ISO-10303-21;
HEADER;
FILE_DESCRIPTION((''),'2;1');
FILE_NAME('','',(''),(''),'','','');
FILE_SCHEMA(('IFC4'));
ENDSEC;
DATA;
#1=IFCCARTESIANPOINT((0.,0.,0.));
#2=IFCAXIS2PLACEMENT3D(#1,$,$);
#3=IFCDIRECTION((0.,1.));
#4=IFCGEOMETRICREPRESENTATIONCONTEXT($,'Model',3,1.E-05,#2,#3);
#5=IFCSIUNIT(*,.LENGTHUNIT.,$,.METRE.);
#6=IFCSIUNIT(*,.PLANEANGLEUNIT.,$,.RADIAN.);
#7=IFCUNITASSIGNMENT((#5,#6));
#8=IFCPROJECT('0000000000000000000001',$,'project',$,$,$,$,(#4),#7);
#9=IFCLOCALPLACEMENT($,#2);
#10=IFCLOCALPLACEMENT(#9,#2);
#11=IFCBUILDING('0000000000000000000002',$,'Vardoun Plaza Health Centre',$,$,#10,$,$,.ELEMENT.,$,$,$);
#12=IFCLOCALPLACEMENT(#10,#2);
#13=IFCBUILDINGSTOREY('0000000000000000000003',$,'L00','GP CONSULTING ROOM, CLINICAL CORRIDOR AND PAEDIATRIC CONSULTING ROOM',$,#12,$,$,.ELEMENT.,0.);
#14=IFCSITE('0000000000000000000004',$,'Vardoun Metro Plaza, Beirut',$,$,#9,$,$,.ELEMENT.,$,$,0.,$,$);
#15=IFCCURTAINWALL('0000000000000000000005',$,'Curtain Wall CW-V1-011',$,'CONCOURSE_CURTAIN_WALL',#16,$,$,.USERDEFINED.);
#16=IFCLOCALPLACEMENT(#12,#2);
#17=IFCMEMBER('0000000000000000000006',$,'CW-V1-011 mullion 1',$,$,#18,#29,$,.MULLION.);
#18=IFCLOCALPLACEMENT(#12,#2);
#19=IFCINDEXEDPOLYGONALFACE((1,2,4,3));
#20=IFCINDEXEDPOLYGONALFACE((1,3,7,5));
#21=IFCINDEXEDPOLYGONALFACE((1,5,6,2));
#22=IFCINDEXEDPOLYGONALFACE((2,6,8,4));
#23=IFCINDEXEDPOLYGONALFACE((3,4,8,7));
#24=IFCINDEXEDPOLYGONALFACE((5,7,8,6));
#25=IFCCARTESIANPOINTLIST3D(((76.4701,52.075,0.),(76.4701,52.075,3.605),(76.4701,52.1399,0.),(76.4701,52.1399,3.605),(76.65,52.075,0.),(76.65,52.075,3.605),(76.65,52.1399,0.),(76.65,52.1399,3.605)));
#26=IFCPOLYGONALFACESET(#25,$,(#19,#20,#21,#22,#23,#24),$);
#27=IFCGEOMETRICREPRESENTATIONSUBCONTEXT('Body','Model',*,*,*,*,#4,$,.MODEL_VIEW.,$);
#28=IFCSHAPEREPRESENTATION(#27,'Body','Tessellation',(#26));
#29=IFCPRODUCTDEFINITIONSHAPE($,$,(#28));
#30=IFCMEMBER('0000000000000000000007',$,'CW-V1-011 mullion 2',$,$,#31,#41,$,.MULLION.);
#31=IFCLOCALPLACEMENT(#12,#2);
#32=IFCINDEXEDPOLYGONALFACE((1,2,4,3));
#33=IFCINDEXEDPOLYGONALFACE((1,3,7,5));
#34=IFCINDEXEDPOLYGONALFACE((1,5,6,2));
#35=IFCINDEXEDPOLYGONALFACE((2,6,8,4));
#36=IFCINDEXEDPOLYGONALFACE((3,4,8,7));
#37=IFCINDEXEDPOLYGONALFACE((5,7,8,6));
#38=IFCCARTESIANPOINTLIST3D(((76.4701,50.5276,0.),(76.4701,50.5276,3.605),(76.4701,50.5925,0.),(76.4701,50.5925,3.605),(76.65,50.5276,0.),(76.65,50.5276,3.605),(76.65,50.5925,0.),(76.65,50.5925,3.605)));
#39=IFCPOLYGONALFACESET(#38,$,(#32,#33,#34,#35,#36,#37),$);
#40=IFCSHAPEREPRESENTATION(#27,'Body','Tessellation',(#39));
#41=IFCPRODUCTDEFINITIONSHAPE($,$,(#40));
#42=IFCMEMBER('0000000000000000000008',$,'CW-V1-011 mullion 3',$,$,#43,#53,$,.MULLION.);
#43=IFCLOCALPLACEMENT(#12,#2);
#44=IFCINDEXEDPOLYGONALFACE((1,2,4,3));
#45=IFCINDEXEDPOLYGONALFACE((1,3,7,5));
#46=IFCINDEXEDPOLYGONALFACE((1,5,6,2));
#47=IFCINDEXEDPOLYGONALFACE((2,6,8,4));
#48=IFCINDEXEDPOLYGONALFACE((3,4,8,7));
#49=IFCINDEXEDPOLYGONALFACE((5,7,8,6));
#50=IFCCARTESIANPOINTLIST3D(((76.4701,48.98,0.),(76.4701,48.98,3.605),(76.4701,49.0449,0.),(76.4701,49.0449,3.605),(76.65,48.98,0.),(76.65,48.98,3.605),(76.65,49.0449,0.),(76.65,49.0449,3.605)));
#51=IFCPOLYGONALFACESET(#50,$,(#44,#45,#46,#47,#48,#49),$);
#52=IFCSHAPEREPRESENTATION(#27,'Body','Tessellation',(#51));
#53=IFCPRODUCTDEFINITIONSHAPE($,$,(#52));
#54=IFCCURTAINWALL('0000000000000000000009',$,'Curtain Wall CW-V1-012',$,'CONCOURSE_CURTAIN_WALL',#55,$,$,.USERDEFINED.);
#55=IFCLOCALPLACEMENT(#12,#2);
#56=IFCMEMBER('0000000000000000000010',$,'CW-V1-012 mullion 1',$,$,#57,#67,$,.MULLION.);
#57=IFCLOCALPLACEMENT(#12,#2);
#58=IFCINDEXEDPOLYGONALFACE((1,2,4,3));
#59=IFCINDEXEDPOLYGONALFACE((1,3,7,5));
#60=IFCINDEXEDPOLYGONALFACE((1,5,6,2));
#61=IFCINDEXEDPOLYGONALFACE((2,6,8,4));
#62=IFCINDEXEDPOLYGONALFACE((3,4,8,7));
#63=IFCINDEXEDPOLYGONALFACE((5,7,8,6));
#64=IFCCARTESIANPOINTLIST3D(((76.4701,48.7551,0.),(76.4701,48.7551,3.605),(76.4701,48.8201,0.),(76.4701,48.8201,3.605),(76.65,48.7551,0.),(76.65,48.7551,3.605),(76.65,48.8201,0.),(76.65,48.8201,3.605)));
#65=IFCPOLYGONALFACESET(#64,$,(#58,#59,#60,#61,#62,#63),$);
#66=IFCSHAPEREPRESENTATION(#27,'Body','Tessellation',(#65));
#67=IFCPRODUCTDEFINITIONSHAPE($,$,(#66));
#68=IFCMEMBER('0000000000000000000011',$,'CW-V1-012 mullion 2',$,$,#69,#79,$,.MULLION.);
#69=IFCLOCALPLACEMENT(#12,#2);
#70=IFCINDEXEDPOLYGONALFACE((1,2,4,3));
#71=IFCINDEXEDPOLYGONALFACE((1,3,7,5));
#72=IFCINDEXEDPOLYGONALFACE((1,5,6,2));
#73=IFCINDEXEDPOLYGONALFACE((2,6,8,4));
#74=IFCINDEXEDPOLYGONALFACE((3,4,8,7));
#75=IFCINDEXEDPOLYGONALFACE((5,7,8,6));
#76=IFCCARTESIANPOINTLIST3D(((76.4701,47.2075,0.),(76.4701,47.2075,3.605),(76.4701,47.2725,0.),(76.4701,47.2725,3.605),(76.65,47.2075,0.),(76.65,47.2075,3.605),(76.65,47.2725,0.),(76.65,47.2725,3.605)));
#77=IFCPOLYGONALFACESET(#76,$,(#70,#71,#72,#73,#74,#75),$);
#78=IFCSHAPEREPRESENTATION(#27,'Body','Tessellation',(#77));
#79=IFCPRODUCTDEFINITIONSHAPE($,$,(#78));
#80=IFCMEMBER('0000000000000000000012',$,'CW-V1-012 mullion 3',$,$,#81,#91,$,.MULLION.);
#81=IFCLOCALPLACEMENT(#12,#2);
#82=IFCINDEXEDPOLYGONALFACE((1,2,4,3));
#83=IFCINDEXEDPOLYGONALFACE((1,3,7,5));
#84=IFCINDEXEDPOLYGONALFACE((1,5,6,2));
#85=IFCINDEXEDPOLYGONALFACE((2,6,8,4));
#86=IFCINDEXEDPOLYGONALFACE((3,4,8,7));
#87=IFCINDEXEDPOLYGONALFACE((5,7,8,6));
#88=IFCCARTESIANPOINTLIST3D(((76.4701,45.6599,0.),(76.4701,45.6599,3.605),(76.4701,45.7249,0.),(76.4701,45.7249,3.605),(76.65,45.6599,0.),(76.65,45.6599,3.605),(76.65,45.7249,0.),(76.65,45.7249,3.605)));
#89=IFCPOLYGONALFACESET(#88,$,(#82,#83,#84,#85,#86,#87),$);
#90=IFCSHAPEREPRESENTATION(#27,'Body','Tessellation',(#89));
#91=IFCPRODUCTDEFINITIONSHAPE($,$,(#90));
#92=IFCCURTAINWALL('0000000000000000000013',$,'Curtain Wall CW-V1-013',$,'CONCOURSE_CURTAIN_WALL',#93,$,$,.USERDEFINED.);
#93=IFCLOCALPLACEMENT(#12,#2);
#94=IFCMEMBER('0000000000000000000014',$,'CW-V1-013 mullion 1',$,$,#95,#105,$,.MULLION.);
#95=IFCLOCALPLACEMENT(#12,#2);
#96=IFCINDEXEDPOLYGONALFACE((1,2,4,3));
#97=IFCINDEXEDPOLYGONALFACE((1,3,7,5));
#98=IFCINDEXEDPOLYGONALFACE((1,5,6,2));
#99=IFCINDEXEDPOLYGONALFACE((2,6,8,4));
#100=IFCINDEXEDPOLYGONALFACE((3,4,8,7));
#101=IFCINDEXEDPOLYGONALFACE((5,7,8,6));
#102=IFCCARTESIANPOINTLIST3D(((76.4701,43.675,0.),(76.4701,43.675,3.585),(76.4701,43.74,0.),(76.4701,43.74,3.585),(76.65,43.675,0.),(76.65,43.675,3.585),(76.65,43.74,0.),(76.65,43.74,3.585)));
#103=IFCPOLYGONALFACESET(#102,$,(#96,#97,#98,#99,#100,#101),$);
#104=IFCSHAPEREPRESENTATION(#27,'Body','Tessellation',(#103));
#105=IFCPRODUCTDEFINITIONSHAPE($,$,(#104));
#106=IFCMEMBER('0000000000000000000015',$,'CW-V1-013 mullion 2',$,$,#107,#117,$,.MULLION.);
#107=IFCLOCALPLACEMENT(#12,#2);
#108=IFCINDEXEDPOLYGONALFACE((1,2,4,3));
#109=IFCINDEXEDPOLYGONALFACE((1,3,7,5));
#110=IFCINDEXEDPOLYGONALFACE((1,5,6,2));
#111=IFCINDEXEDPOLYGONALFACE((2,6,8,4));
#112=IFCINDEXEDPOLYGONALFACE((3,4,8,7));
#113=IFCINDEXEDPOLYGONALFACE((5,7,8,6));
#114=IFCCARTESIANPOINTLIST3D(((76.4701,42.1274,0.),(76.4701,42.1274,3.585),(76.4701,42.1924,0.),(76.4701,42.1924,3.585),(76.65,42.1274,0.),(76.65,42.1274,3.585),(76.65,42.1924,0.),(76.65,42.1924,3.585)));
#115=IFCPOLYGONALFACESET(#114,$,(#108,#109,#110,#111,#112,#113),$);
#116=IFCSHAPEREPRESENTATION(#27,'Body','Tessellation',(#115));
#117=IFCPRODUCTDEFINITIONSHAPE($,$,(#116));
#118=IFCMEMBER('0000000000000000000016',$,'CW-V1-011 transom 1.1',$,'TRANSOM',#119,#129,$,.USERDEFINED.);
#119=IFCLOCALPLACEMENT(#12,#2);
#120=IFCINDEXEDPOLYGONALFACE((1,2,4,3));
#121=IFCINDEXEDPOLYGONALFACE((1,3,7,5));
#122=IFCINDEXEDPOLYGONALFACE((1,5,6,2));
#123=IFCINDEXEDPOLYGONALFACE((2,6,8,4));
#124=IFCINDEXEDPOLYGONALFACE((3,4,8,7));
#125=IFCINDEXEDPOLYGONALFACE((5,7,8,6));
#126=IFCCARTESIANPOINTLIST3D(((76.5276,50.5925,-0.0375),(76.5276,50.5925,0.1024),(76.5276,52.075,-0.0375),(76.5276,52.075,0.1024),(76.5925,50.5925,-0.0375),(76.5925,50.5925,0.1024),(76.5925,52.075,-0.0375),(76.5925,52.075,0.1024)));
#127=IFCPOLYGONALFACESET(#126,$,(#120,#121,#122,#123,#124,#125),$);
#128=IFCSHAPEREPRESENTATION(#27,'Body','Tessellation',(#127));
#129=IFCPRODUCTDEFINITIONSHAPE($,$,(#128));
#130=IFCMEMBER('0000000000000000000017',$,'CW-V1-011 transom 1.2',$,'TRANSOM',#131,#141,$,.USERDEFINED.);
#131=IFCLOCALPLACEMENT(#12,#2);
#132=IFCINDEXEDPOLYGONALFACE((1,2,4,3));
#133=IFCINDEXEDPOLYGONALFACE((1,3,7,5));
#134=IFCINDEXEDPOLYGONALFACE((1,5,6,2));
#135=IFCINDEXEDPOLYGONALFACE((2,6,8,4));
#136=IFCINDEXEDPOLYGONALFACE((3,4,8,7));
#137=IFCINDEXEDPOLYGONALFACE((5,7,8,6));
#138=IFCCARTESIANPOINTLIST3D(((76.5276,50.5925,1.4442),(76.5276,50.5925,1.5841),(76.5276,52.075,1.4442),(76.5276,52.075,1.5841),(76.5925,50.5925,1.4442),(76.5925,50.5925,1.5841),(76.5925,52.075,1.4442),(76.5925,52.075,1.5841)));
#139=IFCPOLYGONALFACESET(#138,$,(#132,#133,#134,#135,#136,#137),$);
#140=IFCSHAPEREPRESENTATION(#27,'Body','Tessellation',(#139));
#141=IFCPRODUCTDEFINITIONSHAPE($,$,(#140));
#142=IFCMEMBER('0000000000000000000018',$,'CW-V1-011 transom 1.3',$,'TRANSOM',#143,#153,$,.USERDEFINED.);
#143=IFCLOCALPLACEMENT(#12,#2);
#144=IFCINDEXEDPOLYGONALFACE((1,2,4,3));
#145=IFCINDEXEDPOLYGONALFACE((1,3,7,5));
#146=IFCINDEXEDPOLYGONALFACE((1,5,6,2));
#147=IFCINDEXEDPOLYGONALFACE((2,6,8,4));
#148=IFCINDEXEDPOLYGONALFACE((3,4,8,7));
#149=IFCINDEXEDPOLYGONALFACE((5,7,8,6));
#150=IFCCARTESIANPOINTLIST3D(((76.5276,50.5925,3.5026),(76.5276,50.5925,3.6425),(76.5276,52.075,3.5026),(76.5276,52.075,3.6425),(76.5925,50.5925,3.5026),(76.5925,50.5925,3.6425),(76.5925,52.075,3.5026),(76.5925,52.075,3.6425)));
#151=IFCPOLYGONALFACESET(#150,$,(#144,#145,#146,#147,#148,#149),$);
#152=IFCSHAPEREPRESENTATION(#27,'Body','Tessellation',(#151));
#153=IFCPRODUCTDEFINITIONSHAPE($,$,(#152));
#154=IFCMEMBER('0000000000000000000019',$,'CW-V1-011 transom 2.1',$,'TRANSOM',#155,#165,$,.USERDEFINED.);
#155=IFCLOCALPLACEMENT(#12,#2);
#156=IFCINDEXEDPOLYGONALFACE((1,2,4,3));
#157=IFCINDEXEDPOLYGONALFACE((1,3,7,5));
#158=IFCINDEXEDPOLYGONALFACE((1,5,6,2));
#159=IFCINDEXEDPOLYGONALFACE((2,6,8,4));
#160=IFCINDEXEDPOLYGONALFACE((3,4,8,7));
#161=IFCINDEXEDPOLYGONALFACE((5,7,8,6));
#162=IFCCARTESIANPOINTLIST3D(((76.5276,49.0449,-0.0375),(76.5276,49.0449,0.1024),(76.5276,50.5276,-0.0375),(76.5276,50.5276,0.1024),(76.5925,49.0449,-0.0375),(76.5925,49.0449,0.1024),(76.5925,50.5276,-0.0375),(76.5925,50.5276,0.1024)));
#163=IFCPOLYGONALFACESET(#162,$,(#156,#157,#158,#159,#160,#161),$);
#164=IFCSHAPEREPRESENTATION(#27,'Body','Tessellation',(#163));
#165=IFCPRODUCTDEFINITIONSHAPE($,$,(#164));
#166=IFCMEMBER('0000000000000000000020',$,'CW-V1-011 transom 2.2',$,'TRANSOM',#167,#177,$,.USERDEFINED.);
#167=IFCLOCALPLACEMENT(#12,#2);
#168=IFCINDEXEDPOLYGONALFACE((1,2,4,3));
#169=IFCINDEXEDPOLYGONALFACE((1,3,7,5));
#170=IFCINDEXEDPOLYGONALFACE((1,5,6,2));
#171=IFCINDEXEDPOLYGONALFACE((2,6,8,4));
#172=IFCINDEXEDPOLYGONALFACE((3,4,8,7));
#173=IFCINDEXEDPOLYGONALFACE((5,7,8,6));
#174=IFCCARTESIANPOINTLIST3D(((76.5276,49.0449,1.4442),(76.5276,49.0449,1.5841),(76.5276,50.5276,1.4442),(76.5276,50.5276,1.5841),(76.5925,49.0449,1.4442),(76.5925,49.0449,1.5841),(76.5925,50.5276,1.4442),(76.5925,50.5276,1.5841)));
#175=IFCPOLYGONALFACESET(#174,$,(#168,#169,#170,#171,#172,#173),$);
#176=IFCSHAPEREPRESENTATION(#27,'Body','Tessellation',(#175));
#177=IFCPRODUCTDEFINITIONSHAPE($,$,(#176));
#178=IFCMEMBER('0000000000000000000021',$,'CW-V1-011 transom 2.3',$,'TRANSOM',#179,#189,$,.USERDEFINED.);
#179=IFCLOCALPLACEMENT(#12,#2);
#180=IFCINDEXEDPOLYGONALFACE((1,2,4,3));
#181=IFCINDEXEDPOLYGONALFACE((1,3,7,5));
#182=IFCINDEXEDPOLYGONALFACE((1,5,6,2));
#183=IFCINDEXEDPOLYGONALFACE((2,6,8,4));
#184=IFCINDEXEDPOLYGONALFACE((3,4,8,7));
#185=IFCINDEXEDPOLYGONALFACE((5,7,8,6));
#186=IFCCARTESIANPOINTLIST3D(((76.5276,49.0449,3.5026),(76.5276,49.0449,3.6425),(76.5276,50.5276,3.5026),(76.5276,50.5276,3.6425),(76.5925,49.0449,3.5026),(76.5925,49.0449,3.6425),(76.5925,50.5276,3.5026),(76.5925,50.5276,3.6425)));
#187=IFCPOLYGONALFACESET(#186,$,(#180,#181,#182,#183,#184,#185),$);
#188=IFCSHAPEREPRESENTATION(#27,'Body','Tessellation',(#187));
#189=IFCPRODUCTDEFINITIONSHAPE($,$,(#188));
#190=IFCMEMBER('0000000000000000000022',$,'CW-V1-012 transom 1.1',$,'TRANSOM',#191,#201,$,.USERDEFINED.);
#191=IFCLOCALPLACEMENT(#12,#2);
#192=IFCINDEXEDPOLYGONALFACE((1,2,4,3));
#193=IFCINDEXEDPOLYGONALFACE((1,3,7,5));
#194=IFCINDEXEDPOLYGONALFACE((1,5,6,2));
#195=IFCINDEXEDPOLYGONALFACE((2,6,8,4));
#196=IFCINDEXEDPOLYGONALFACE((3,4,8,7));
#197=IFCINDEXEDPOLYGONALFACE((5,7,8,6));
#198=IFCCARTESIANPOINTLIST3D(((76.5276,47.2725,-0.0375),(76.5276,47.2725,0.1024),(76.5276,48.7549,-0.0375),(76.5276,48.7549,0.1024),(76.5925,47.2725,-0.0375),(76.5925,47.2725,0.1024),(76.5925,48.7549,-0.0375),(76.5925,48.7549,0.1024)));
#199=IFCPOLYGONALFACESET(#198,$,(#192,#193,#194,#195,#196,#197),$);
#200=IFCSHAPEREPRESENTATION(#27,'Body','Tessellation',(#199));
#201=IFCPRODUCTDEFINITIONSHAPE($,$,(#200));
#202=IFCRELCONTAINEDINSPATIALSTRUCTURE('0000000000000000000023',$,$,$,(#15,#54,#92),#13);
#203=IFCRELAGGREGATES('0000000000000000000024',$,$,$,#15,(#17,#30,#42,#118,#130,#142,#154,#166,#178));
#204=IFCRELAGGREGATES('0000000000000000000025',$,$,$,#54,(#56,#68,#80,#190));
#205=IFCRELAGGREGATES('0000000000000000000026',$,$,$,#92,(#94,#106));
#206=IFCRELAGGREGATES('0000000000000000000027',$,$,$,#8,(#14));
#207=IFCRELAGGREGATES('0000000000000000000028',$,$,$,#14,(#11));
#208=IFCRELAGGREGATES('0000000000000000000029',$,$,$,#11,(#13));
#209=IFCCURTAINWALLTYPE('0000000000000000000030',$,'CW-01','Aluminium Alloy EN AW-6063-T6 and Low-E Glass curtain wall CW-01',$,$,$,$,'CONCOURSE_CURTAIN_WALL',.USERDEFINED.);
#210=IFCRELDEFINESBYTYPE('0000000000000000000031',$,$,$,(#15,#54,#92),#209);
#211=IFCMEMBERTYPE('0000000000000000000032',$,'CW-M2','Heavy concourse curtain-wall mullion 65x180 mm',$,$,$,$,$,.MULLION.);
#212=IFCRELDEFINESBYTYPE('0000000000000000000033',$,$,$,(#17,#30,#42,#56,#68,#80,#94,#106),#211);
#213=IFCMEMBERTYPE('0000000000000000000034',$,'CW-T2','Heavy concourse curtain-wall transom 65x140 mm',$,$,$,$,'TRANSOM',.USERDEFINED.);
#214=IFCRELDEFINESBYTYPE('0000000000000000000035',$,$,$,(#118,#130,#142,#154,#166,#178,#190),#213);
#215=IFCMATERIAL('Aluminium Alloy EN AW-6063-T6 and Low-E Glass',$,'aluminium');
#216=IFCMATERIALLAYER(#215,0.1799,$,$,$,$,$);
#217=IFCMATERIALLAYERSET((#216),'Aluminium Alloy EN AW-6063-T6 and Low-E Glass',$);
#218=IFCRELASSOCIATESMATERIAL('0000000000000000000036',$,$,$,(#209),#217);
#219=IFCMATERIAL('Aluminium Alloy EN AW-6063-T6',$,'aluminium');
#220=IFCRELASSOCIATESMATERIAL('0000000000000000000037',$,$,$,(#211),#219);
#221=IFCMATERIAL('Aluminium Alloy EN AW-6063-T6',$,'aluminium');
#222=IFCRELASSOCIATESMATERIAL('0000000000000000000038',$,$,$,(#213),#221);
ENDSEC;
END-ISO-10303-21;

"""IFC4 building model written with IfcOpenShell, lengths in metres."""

from ifc_helpers import new_model, si_unit, direction, frame, origin, origin_2d, place, context, subcontext, project, spatial, rectangle, extrude, material, layer, layer_set, material_profile, profile_set, type_object, element, aggregate, save


model = new_model("IFC4")

# Units and contexts
model_context = context("Model", 3, precision=1e-05, world=origin(), true_north=direction((0.0, 1.0)))
body_context = subcontext(model_context, "Body", "Model", "MODEL_VIEW")
ifc_project = project(units=[si_unit("LENGTHUNIT", "METRE"), si_unit("PLANEANGLEUNIT", "RADIAN")], contexts=[model_context])

# Site, building, storey
site_placement = place(None, origin())
site = spatial("IfcSite", under=ifc_project, at=site_placement, Name="Vardoun Metro Plaza, Beirut", CompositionType="ELEMENT", RefElevation=0.0)
building_placement = place(site_placement, origin())
building = spatial("IfcBuilding", under=site, at=building_placement, Name="Vardoun Plaza Health Centre", CompositionType="ELEMENT")
storey_placement = place(building_placement, origin())
storey = spatial("IfcBuildingStorey", under=building, at=storey_placement, Name="L00", Description="GP CONSULTING ROOM, CLINICAL CORRIDOR AND PAEDIATRIC CONSULTING ROOM", CompositionType="ELEMENT", Elevation=0.0)

# Curtain walls, members
ifc_material_1 = material(Name="Aluminium Alloy EN AW-6063-T6 and Low-E Glass", Category="aluminium")
ifc_layer_1 = layer(ifc_material_1, 0.1799)
ifc_layer_set_1 = layer_set([ifc_layer_1], Name="Aluminium Alloy EN AW-6063-T6 and Low-E Glass")
curtain_wall_type = type_object("IfcCurtainWallType", Name="CW-01", Description="Aluminium Alloy EN AW-6063-T6 and Low-E Glass curtain wall CW-01", ElementType="CONCOURSE_CURTAIN_WALL", PredefinedType="USERDEFINED", material=ifc_layer_set_1)
curtain_wall_1_placement = place(storey_placement, origin())
curtain_wall_1 = element("IfcCurtainWall", 1, at=curtain_wall_1_placement, inside=storey, type_object=curtain_wall_type, Name="Curtain Wall CW-V1-011", ObjectType="CONCOURSE_CURTAIN_WALL", PredefinedType="USERDEFINED")
ifc_material_2 = material(Name="Aluminium Alloy EN AW-6063-T6", Category="aluminium")
ifc_material_profile_1 = material_profile(ifc_material_2, rectangle(XDim=0.1799, YDim=0.0649, at=origin_2d()), Name="CWM 65x180")
ifc_profile_set_1 = profile_set([ifc_material_profile_1], Name="Aluminium Alloy EN AW-6063-T6")
member_type_1 = type_object("IfcMemberType", Name="CW-M2", Description="Heavy concourse curtain-wall mullion 65x180 mm", PredefinedType="MULLION", material=ifc_profile_set_1)
member_1_placement = place(storey_placement, frame((76.5601, 52.1074, 0.0), z_axis=(0.0, 0.0, 1.0), x_axis=(1.0, 0.0, 0.0)))
member_1 = element("IfcMember", 2, at=member_1_placement, type_object=member_type_1, Name="CW-V1-011 mullion 1", PredefinedType="MULLION", context=body_context, shape_type="SweptSolid", body=[
    extrude(rectangle(XDim=0.1799, YDim=0.0649, at=origin_2d()), origin(), (0.0, 0.0, 1.0), 3.605),
])
member_2_placement = place(storey_placement, frame((76.5601, 50.5601, 0.0), z_axis=(0.0, 0.0, 1.0), x_axis=(1.0, 0.0, 0.0)))
member_2 = element("IfcMember", 3, at=member_2_placement, type_object=member_type_1, Name="CW-V1-011 mullion 2", PredefinedType="MULLION", context=body_context, shape_type="SweptSolid", body=[
    extrude(rectangle(XDim=0.1799, YDim=0.0649, at=origin_2d()), origin(), (0.0, 0.0, 1.0), 3.605),
])
member_3_placement = place(storey_placement, frame((76.5601, 49.0125, 0.0), z_axis=(0.0, 0.0, 1.0), x_axis=(1.0, 0.0, 0.0)))
member_3 = element("IfcMember", 4, at=member_3_placement, type_object=member_type_1, Name="CW-V1-011 mullion 3", PredefinedType="MULLION", context=body_context, shape_type="SweptSolid", body=[
    extrude(rectangle(XDim=0.1799, YDim=0.0649, at=origin_2d()), origin(), (0.0, 0.0, 1.0), 3.605),
])
curtain_wall_2_placement = place(storey_placement, origin())
curtain_wall_2 = element("IfcCurtainWall", 5, at=curtain_wall_2_placement, inside=storey, type_object=curtain_wall_type, Name="Curtain Wall CW-V1-012", ObjectType="CONCOURSE_CURTAIN_WALL", PredefinedType="USERDEFINED")
member_4_placement = place(storey_placement, frame((76.5601, 48.7876, 0.0), z_axis=(0.0, 0.0, 1.0), x_axis=(1.0, 0.0, 0.0)))
member_4 = element("IfcMember", 6, at=member_4_placement, type_object=member_type_1, Name="CW-V1-012 mullion 1", PredefinedType="MULLION", context=body_context, shape_type="SweptSolid", body=[
    extrude(rectangle(XDim=0.1799, YDim=0.0649, at=origin_2d()), origin(), (0.0, 0.0, 1.0), 3.605),
])
member_5_placement = place(storey_placement, frame((76.5601, 47.24, 0.0), z_axis=(0.0, 0.0, 1.0), x_axis=(1.0, 0.0, 0.0)))
member_5 = element("IfcMember", 7, at=member_5_placement, type_object=member_type_1, Name="CW-V1-012 mullion 2", PredefinedType="MULLION", context=body_context, shape_type="SweptSolid", body=[
    extrude(rectangle(XDim=0.1799, YDim=0.0649, at=origin_2d()), origin(), (0.0, 0.0, 1.0), 3.605),
])
member_6_placement = place(storey_placement, frame((76.5601, 45.6924, 0.0), z_axis=(0.0, 0.0, 1.0), x_axis=(1.0, 0.0, 0.0)))
member_6 = element("IfcMember", 8, at=member_6_placement, type_object=member_type_1, Name="CW-V1-012 mullion 3", PredefinedType="MULLION", context=body_context, shape_type="SweptSolid", body=[
    extrude(rectangle(XDim=0.1799, YDim=0.0649, at=origin_2d()), origin(), (0.0, 0.0, 1.0), 3.605),
])
curtain_wall_3_placement = place(storey_placement, origin())
curtain_wall_3 = element("IfcCurtainWall", 9, at=curtain_wall_3_placement, inside=storey, type_object=curtain_wall_type, Name="Curtain Wall CW-V1-013", ObjectType="CONCOURSE_CURTAIN_WALL", PredefinedType="USERDEFINED")
member_7_placement = place(storey_placement, frame((76.5601, 43.7075, 0.0), z_axis=(0.0, 0.0, 1.0), x_axis=(1.0, 0.0, 0.0)))
member_7 = element("IfcMember", 10, at=member_7_placement, type_object=member_type_1, Name="CW-V1-013 mullion 1", PredefinedType="MULLION", context=body_context, shape_type="SweptSolid", body=[
    extrude(rectangle(XDim=0.1799, YDim=0.0649, at=origin_2d()), origin(), (0.0, 0.0, 1.0), 3.585),
])
member_8_placement = place(storey_placement, frame((76.5601, 42.1599, 0.0), z_axis=(0.0, 0.0, 1.0), x_axis=(1.0, 0.0, 0.0)))
member_8 = element("IfcMember", 11, at=member_8_placement, type_object=member_type_1, Name="CW-V1-013 mullion 2", PredefinedType="MULLION", context=body_context, shape_type="SweptSolid", body=[
    extrude(rectangle(XDim=0.1799, YDim=0.0649, at=origin_2d()), origin(), (0.0, 0.0, 1.0), 3.585),
])

# Members
ifc_material_3 = material(Name="Aluminium Alloy EN AW-6063-T6", Category="aluminium")
ifc_material_profile_2 = material_profile(ifc_material_3, rectangle(XDim=0.0649, YDim=0.1399, at=origin_2d()), Name="CWT 65x140")
ifc_profile_set_2 = profile_set([ifc_material_profile_2], Name="Aluminium Alloy EN AW-6063-T6")
member_type_2 = type_object("IfcMemberType", Name="CW-T2", Description="Heavy concourse curtain-wall transom 65x140 mm", ElementType="TRANSOM", PredefinedType="USERDEFINED", material=ifc_profile_set_2)
member_9_placement = place(storey_placement, frame((76.5601, 52.075, 0.0325), z_axis=(0.0, -1.0, 0.0), x_axis=(1.0, 0.0, 0.0)))
member_9 = element("IfcMember", 12, at=member_9_placement, type_object=member_type_2, Name="CW-V1-011 transom 1.1", ObjectType="TRANSOM", PredefinedType="USERDEFINED", context=body_context, shape_type="SweptSolid", body=[
    extrude(rectangle(XDim=0.0649, YDim=0.1399, at=origin_2d()), origin(), (0.0, 0.0, 1.0), 1.4824),
])
member_10_placement = place(storey_placement, frame((76.5601, 52.075, 1.5142), z_axis=(0.0, -1.0, 0.0), x_axis=(1.0, 0.0, 0.0)))
member_10 = element("IfcMember", 13, at=member_10_placement, type_object=member_type_2, Name="CW-V1-011 transom 1.2", ObjectType="TRANSOM", PredefinedType="USERDEFINED", context=body_context, shape_type="SweptSolid", body=[
    extrude(rectangle(XDim=0.0649, YDim=0.1399, at=origin_2d()), origin(), (0.0, 0.0, 1.0), 1.4824),
])
member_11_placement = place(storey_placement, frame((76.5601, 52.075, 3.5725), z_axis=(0.0, -1.0, 0.0), x_axis=(1.0, 0.0, 0.0)))
member_11 = element("IfcMember", 14, at=member_11_placement, type_object=member_type_2, Name="CW-V1-011 transom 1.3", ObjectType="TRANSOM", PredefinedType="USERDEFINED", context=body_context, shape_type="SweptSolid", body=[
    extrude(rectangle(XDim=0.0649, YDim=0.1399, at=origin_2d()), origin(), (0.0, 0.0, 1.0), 1.4824),
])
member_12_placement = place(storey_placement, frame((76.5601, 50.5276, 0.0325), z_axis=(0.0, -1.0, 0.0), x_axis=(1.0, 0.0, 0.0)))
member_12 = element("IfcMember", 15, at=member_12_placement, type_object=member_type_2, Name="CW-V1-011 transom 2.1", ObjectType="TRANSOM", PredefinedType="USERDEFINED", context=body_context, shape_type="SweptSolid", body=[
    extrude(rectangle(XDim=0.0649, YDim=0.1399, at=origin_2d()), origin(), (0.0, 0.0, 1.0), 1.4827),
])
member_13_placement = place(storey_placement, frame((76.5601, 50.5276, 1.5142), z_axis=(0.0, -1.0, 0.0), x_axis=(1.0, 0.0, 0.0)))
member_13 = element("IfcMember", 16, at=member_13_placement, type_object=member_type_2, Name="CW-V1-011 transom 2.2", ObjectType="TRANSOM", PredefinedType="USERDEFINED", context=body_context, shape_type="SweptSolid", body=[
    extrude(rectangle(XDim=0.0649, YDim=0.1399, at=origin_2d()), origin(), (0.0, 0.0, 1.0), 1.4827),
])
member_14_placement = place(storey_placement, frame((76.5601, 50.5276, 3.5725), z_axis=(0.0, -1.0, 0.0), x_axis=(1.0, 0.0, 0.0)))
member_14 = element("IfcMember", 17, at=member_14_placement, type_object=member_type_2, Name="CW-V1-011 transom 2.3", ObjectType="TRANSOM", PredefinedType="USERDEFINED", context=body_context, shape_type="SweptSolid", body=[
    extrude(rectangle(XDim=0.0649, YDim=0.1399, at=origin_2d()), origin(), (0.0, 0.0, 1.0), 1.4827),
])
member_15_placement = place(storey_placement, frame((76.5601, 48.7549, 0.0325), z_axis=(0.0, -1.0, 0.0), x_axis=(1.0, 0.0, 0.0)))
member_15 = element("IfcMember", 18, at=member_15_placement, type_object=member_type_2, Name="CW-V1-012 transom 1.1", ObjectType="TRANSOM", PredefinedType="USERDEFINED", context=body_context, shape_type="SweptSolid", body=[
    extrude(rectangle(XDim=0.0649, YDim=0.1399, at=origin_2d()), origin(), (0.0, 0.0, 1.0), 1.4824),
])

aggregate(curtain_wall_1, [member_1, member_2, member_3, member_9, member_10, member_11, member_12, member_13, member_14])
aggregate(curtain_wall_2, [member_4, member_5, member_6, member_15])
aggregate(curtain_wall_3, [member_7, member_8])

save(model, "model.ifc")
